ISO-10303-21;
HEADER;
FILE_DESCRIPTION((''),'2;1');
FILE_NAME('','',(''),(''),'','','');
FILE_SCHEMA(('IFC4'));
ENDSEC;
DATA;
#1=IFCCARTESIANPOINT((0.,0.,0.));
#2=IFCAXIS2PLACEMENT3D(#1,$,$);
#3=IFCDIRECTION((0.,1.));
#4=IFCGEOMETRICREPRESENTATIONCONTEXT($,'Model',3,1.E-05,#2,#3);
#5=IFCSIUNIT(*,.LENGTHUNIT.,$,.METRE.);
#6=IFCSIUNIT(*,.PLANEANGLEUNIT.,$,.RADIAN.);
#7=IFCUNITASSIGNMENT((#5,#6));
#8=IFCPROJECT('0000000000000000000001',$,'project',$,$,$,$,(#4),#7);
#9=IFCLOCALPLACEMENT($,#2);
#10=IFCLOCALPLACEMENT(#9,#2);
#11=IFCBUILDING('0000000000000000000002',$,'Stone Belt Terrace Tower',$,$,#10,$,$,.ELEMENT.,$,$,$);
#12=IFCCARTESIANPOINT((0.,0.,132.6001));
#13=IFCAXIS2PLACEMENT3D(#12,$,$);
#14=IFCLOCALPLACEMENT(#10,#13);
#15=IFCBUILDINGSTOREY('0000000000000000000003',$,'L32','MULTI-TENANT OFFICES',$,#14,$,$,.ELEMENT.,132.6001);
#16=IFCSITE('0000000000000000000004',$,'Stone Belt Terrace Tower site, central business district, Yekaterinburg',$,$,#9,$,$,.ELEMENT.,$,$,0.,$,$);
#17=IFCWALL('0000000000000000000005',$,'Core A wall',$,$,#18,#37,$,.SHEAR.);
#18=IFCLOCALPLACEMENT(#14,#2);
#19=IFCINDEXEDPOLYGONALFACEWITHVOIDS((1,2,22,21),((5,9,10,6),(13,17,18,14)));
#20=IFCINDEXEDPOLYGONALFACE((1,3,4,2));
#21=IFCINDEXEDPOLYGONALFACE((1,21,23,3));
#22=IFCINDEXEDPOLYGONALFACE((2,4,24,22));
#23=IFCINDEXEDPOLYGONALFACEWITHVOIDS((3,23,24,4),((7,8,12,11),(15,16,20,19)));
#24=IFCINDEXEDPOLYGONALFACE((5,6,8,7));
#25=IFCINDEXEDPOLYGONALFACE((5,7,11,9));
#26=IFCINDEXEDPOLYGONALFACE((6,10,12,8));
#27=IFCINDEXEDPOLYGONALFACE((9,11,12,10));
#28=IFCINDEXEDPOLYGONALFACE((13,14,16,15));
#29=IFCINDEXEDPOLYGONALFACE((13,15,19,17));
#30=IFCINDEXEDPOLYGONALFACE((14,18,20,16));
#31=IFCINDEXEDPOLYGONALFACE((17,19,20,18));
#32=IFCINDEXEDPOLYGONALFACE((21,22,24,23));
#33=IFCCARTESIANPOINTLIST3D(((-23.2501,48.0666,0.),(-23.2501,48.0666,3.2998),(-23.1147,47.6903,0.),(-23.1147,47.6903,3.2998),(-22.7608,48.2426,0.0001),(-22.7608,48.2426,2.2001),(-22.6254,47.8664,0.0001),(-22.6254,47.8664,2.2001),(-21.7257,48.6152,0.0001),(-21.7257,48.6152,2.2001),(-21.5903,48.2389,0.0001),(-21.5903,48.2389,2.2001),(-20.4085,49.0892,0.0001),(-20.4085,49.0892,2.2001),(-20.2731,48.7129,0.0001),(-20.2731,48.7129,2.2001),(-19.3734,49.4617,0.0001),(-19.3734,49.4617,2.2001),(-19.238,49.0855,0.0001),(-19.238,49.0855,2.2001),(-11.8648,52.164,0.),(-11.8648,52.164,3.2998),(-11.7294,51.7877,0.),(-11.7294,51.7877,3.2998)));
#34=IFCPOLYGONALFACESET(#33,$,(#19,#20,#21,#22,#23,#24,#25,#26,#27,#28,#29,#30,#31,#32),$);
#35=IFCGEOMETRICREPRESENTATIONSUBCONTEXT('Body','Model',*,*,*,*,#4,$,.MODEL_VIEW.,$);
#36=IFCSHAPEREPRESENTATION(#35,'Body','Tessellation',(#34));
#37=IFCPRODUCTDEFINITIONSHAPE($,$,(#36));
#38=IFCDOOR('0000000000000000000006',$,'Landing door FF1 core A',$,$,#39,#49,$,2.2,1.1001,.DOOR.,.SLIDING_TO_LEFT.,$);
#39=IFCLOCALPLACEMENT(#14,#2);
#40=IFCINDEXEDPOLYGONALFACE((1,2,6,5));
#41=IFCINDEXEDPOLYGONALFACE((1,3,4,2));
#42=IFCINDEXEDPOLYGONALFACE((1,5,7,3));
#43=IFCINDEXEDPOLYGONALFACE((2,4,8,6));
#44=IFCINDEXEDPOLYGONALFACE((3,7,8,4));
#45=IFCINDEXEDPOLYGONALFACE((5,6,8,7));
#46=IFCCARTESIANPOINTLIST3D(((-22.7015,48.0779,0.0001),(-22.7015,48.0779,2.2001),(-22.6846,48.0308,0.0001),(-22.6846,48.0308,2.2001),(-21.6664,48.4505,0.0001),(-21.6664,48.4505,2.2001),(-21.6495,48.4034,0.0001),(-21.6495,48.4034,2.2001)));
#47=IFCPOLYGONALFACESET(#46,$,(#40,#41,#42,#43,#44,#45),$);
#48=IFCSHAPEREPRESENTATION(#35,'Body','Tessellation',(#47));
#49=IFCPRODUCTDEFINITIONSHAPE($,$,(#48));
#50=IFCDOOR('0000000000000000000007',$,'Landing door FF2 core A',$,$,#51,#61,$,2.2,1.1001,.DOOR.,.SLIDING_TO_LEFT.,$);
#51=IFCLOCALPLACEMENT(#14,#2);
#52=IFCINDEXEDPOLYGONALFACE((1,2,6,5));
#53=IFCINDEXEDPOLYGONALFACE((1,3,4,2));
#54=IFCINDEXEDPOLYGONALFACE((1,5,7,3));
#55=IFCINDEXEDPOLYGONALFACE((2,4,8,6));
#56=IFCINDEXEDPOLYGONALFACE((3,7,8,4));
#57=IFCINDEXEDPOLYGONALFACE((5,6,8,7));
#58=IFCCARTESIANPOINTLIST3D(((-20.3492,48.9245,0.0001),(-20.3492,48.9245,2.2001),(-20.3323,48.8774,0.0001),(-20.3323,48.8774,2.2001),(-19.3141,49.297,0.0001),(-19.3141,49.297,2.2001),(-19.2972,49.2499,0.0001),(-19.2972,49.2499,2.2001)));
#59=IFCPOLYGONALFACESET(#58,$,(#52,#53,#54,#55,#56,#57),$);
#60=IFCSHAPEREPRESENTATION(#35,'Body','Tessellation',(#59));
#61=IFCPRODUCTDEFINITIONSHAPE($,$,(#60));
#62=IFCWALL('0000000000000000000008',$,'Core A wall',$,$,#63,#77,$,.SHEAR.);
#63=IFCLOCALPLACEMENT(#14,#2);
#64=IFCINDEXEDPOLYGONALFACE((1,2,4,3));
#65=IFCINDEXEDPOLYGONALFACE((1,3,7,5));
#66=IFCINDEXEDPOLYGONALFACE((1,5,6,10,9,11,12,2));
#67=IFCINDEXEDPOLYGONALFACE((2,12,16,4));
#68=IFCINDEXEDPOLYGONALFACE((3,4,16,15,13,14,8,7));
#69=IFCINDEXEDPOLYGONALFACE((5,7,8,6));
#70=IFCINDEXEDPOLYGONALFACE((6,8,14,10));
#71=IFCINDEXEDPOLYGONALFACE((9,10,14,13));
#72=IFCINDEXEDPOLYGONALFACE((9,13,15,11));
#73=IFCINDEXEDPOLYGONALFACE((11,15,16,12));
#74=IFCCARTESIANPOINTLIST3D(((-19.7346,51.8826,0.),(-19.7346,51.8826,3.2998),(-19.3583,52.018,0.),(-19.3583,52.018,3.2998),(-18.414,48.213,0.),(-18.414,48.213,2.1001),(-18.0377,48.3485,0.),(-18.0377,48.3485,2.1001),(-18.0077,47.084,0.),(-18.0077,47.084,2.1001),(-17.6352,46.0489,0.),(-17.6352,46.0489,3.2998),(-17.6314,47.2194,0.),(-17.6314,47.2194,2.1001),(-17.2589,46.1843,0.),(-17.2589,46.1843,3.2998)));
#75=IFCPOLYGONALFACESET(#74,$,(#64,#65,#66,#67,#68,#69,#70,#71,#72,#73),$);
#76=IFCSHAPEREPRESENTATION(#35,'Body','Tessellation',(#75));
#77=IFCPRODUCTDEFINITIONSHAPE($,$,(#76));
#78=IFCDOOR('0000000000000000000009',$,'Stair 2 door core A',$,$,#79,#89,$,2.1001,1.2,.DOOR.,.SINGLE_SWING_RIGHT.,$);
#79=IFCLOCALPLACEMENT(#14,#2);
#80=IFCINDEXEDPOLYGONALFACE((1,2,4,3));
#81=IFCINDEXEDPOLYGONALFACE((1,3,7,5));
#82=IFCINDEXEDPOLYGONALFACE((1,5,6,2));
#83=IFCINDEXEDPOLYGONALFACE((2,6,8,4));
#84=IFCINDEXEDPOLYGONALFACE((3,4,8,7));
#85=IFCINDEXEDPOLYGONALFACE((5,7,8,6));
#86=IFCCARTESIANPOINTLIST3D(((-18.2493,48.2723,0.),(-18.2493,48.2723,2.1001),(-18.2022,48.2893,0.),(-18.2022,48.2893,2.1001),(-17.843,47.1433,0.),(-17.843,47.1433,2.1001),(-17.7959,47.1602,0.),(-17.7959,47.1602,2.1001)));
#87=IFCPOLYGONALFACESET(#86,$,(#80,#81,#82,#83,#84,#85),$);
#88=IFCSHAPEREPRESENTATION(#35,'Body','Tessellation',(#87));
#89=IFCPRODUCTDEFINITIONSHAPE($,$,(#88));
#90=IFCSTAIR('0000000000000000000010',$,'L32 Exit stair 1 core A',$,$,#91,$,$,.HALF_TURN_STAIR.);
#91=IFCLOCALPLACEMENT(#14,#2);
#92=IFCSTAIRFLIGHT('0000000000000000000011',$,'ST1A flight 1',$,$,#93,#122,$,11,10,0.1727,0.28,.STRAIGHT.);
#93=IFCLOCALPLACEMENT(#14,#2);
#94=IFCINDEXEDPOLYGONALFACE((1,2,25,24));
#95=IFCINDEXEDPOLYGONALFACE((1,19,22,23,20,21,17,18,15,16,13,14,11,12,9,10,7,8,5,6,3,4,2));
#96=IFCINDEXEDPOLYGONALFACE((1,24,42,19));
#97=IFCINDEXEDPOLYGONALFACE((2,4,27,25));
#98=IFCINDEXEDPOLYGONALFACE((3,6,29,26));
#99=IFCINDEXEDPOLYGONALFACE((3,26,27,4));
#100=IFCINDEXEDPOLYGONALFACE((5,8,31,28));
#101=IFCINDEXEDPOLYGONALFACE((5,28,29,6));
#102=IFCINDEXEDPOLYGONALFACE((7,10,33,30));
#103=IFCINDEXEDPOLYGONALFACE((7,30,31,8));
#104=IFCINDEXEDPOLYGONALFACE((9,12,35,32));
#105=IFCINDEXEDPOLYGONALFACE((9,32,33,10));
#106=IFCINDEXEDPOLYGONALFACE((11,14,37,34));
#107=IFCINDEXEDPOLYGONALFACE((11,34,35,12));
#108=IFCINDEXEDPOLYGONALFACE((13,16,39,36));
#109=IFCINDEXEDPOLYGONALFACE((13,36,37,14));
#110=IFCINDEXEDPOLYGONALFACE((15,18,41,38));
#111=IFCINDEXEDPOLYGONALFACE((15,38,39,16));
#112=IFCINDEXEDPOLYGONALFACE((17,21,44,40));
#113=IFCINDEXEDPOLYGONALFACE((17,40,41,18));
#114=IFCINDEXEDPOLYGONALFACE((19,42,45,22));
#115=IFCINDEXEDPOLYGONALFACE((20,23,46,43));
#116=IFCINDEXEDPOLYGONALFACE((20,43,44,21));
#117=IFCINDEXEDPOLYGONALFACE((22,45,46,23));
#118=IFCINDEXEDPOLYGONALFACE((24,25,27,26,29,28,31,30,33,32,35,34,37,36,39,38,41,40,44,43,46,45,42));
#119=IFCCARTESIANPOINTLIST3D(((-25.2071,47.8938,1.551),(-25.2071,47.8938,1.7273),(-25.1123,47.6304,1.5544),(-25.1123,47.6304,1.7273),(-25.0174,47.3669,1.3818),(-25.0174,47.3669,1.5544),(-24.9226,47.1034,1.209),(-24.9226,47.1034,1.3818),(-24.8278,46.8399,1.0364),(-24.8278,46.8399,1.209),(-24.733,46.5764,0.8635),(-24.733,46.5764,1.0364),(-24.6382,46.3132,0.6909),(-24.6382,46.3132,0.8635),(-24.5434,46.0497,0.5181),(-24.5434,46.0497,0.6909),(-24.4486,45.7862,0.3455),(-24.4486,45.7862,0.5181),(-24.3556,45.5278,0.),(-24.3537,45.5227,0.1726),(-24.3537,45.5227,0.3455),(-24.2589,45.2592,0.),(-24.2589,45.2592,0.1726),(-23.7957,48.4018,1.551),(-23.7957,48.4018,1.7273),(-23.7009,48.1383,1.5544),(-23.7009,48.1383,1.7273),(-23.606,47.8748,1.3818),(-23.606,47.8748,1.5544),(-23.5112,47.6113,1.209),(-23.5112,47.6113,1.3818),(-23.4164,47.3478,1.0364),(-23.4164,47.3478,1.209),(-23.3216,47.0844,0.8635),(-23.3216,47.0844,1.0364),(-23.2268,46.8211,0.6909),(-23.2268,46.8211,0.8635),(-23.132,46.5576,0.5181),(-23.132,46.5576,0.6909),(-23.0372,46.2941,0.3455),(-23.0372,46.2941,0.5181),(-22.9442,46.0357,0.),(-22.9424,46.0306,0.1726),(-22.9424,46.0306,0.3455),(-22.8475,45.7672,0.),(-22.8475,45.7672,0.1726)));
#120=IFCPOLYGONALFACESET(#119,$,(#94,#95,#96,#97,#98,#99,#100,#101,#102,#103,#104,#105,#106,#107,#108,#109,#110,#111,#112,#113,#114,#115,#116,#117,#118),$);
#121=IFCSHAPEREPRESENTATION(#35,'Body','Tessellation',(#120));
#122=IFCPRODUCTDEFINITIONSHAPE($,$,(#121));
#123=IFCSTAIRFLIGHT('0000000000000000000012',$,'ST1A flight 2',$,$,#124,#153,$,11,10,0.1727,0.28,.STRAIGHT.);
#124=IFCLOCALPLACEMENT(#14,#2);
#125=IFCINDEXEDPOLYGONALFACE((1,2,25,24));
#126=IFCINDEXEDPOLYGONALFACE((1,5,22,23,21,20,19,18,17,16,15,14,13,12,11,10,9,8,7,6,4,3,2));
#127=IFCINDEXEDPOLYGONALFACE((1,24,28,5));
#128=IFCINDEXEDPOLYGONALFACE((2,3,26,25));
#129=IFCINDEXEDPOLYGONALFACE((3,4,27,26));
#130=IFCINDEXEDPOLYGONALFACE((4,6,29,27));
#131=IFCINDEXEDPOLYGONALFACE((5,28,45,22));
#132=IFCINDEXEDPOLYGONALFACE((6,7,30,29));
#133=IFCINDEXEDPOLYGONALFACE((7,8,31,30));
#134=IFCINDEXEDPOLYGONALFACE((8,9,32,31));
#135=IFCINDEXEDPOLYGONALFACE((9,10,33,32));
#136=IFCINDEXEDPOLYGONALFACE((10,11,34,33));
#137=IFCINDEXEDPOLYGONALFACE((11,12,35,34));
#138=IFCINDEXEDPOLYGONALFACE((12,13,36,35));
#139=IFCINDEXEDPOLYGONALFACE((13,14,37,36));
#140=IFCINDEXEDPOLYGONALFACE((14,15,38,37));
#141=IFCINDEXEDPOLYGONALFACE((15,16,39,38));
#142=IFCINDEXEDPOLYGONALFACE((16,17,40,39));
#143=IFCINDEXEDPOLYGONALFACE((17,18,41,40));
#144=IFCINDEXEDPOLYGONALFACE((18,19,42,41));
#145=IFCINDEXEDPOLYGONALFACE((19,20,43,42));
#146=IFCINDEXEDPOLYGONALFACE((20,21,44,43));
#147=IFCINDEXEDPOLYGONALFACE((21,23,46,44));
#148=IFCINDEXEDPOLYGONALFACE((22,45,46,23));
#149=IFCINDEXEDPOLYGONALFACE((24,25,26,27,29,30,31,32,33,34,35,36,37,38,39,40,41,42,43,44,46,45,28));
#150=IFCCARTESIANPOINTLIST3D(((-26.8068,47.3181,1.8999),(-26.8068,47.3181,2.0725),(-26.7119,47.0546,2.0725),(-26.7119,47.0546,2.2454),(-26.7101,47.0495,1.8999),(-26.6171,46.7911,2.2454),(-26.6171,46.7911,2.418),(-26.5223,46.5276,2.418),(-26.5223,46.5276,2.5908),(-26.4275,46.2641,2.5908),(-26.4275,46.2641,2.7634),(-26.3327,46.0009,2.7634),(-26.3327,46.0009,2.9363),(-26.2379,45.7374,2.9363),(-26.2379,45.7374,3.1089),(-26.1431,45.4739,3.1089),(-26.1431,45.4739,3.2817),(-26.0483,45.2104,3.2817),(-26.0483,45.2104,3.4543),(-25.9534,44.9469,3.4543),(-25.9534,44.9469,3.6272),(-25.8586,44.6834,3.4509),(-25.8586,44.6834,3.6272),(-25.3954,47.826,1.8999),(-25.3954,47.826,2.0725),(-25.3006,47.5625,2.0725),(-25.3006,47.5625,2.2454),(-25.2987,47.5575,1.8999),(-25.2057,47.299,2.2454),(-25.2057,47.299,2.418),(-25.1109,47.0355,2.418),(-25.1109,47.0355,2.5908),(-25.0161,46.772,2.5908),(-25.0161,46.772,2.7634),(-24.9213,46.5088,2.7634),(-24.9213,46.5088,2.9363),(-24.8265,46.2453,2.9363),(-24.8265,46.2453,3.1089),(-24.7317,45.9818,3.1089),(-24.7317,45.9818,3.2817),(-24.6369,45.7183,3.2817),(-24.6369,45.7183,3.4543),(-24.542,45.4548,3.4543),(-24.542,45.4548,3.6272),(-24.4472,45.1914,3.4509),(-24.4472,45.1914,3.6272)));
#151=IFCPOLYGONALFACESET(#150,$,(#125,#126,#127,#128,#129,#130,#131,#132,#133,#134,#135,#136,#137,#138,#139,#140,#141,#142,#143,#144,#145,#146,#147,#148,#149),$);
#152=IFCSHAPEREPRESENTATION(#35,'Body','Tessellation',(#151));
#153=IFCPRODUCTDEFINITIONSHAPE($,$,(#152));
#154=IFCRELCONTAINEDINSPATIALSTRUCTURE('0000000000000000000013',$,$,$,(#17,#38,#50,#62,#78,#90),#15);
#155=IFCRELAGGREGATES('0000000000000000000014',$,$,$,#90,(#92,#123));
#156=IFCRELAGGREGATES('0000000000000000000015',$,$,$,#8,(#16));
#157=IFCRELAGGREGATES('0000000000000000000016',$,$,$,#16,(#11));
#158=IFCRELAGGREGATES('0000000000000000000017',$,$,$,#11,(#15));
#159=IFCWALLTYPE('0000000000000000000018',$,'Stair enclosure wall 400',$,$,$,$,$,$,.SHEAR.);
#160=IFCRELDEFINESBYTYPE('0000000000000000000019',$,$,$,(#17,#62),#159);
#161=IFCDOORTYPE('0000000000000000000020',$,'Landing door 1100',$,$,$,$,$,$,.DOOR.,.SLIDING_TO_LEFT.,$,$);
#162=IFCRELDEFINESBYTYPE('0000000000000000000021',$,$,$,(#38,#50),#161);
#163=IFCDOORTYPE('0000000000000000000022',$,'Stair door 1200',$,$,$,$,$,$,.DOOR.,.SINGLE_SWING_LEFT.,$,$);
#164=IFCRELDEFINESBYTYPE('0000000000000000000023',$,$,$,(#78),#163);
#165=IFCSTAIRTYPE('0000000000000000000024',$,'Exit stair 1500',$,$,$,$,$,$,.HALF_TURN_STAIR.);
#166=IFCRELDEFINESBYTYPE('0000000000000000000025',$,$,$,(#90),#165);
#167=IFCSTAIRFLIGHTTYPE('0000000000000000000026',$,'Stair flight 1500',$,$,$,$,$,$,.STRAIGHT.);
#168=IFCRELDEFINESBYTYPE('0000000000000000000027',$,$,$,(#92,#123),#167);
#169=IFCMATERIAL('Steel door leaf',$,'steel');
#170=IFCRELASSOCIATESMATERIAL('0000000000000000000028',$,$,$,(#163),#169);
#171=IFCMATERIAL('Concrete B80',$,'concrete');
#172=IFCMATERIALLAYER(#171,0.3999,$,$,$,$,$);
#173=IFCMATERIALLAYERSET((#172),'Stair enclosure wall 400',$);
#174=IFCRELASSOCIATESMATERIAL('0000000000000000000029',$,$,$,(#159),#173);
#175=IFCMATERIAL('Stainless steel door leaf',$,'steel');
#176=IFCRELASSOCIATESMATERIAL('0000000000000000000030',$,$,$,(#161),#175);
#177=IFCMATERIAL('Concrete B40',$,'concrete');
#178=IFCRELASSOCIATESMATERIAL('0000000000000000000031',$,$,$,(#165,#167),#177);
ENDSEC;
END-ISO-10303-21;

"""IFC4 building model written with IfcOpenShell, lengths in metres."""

from ifc_helpers import new_model, si_unit, direction, frame, frame_2d, origin, place, context, subcontext, project, spatial, polyline, rectangle, outline, extrude, material, layer, layer_set, type_object, element, fill, aggregate, save


model = new_model("IFC4")

# Units and contexts
model_context = context("Model", 3, precision=1e-05, world=origin(), true_north=direction((0.0, 1.0)))
body_context = subcontext(model_context, "Body", "Model", "MODEL_VIEW")
ifc_project = project(units=[si_unit("LENGTHUNIT", "METRE"), si_unit("PLANEANGLEUNIT", "RADIAN")], contexts=[model_context])

# Site, building, storey
site_placement = place(None, origin())
site = spatial("IfcSite", under=ifc_project, at=site_placement, Name="Stone Belt Terrace Tower site, central business district, Yekaterinburg", CompositionType="ELEMENT", RefElevation=0.0)
building_placement = place(site_placement, origin())
building = spatial("IfcBuilding", under=site, at=building_placement, Name="Stone Belt Terrace Tower", CompositionType="ELEMENT")
storey_placement = place(building_placement, frame((0.0, 0.0, 132.6001)))
storey = spatial("IfcBuildingStorey", under=building, at=storey_placement, Name="L32", Description="MULTI-TENANT OFFICES", CompositionType="ELEMENT", Elevation=132.6001)

# Shared definitions
ifc_material_1 = material(Name="Concrete B80", Category="concrete")

# Shared definitions
ifc_material_2 = material(Name="Steel door leaf", Category="steel")
door_type_1 = type_object("IfcDoorType", Name="Stair door 1200", OperationType="SINGLE_SWING_LEFT", PredefinedType="DOOR", material=ifc_material_2)
ifc_layer_1 = layer(ifc_material_1, 0.3999)
ifc_layer_set_1 = layer_set([ifc_layer_1], Name="Stair enclosure wall 400")
wall_type_1 = type_object("IfcWallType", Name="Stair enclosure wall 400", PredefinedType="SHEAR", material=ifc_layer_set_1)

# Wall, openings, doors
wall_1_placement = place(storey_placement, frame((-23.1824, 47.8784, 0.0), z_axis=(0.0, 0.0, 1.0), x_axis=(0.940921, 0.338626, 0.0)))
wall_1 = element("IfcWall", 1, at=wall_1_placement, inside=storey, type_object=wall_type_1, Name="Core A wall", PredefinedType="SHEAR", context=body_context, shape_type="SweptSolid", body=[
    extrude(rectangle(XDim=12.1001, YDim=0.3999, at=frame_2d((6.05, 0.0))), origin(), (0.0, 0.0, 1.0), 3.2998),
])
opening_1_placement = place(wall_1_placement, frame((0.52, 0.0, 0.0)))
opening_1 = element("IfcOpeningElement", 2, at=opening_1_placement, cuts=wall_1, PredefinedType="OPENING", context=body_context, shape_type="SweptSolid", body=[
    extrude(rectangle(XDim=1.1001, YDim=2.2, at=frame_2d((0.55, 1.1001))), frame((0.0, 0.21, 0.0), z_axis=(0.0, -1.0, 0.0), x_axis=(1.0, 0.0, 0.0)), (0.0, 0.0, 1.0), 0.4199),
])
opening_2_placement = place(wall_1_placement, frame((3.02, 0.0, 0.0)))
opening_2 = element("IfcOpeningElement", 3, at=opening_2_placement, cuts=wall_1, PredefinedType="OPENING", context=body_context, shape_type="SweptSolid", body=[
    extrude(rectangle(XDim=1.1001, YDim=2.2, at=frame_2d((0.55, 1.1001))), frame((0.0, 0.21, 0.0), z_axis=(0.0, -1.0, 0.0), x_axis=(1.0, 0.0, 0.0)), (0.0, 0.0, 1.0), 0.4199),
])
ifc_material_3 = material(Name="Stainless steel door leaf", Category="steel")
door_type_2 = type_object("IfcDoorType", Name="Landing door 1100", OperationType="SLIDING_TO_LEFT", PredefinedType="DOOR", material=ifc_material_3)
door_1_placement = place(opening_1_placement, origin())
door_1 = element("IfcDoor", 4, at=door_1_placement, inside=storey, type_object=door_type_2, Name="Landing door FF1 core A", OperationType="SLIDING_TO_LEFT", OverallHeight=2.2, OverallWidth=1.1001, PredefinedType="DOOR", context=body_context, shape_type="SweptSolid", body=[
    extrude(rectangle(XDim=1.1001, YDim=2.2, at=frame_2d((0.55, 1.1001))), frame((0.0, 0.0249, 0.0), z_axis=(0.0, -1.0, 0.0), x_axis=(1.0, 0.0, 0.0)), (0.0, 0.0, 1.0), 0.05),
])
fill(opening_1, door_1)
door_2_placement = place(opening_2_placement, origin())
door_2 = element("IfcDoor", 5, at=door_2_placement, inside=storey, type_object=door_type_2, Name="Landing door FF2 core A", OperationType="SLIDING_TO_LEFT", OverallHeight=2.2, OverallWidth=1.1001, PredefinedType="DOOR", context=body_context, shape_type="SweptSolid", body=[
    extrude(rectangle(XDim=1.1001, YDim=2.2, at=frame_2d((0.55, 1.1001))), frame((0.0, 0.0249, 0.0), z_axis=(0.0, -1.0, 0.0), x_axis=(1.0, 0.0, 0.0)), (0.0, 0.0, 1.0), 0.05),
])
fill(opening_2, door_2)

# Wall, opening, door
wall_2_placement = place(storey_placement, frame((-17.447, 46.1165, 0.0), z_axis=(0.0, 0.0, 1.0), x_axis=(-0.338608, 0.940928, 0.0)))
wall_2 = element("IfcWall", 6, at=wall_2_placement, inside=storey, type_object=wall_type_1, Name="Core A wall", PredefinedType="SHEAR", context=body_context, shape_type="SweptSolid", body=[
    extrude(rectangle(XDim=6.2, YDim=0.3999, at=frame_2d((3.1001, 0.0))), origin(), (0.0, 0.0, 1.0), 3.2998),
])
opening_3_placement = place(wall_2_placement, frame((1.1001, 0.0, 0.0)))
opening_3 = element("IfcOpeningElement", 7, at=opening_3_placement, cuts=wall_2, PredefinedType="OPENING", context=body_context, shape_type="SweptSolid", body=[
    extrude(rectangle(XDim=1.2, YDim=2.1001, at=frame_2d((0.6001, 1.05))), frame((0.0, 0.21, 0.0), z_axis=(0.0, -1.0, 0.0), x_axis=(1.0, 0.0, 0.0)), (0.0, 0.0, 1.0), 0.4199),
])
door_3_placement = place(opening_3_placement, origin())
door_3 = element("IfcDoor", 8, at=door_3_placement, inside=storey, type_object=door_type_1, Name="Stair 2 door core A", OperationType="SINGLE_SWING_RIGHT", OverallHeight=2.1001, OverallWidth=1.2, PredefinedType="DOOR", context=body_context, shape_type="SweptSolid", body=[
    extrude(rectangle(XDim=1.2, YDim=2.1001, at=frame_2d((0.6001, 1.05))), frame((0.0, 0.0249, 0.0), z_axis=(0.0, -1.0, 0.0), x_axis=(1.0, 0.0, 0.0)), (0.0, 0.0, 1.0), 0.05),
])
fill(opening_3, door_3)

# Stair, stair flights
ifc_material_4 = material(Name="Concrete B40", Category="concrete")
stair_type = type_object("IfcStairType", Name="Exit stair 1500", PredefinedType="HALF_TURN_STAIR", material=ifc_material_4)
stair_placement = place(storey_placement, origin())
stair = element("IfcStair", 9, at=stair_placement, inside=storey, type_object=stair_type, Name="L32 Exit stair 1 core A", PredefinedType="HALF_TURN_STAIR")
stair_flight_type = type_object("IfcStairFlightType", Name="Stair flight 1500", PredefinedType="STRAIGHT", material=ifc_material_4)
stair_flight_1_placement = place(storey_placement, frame((-23.5532, 45.5132, 0.0), z_axis=(0.0, 0.0, 1.0), x_axis=(-0.338624, 0.940922, 0.0)))
stair_flight_1 = element("IfcStairFlight", 10, at=stair_flight_1_placement, type_object=stair_flight_type, Name="ST1A flight 1", NumberOfRisers=11, NumberOfTreads=10, PredefinedType="STRAIGHT", RiserHeight=0.1727, TreadLength=0.28, context=body_context, shape_type="SweptSolid", body=[
    extrude(outline(polyline([(0.0, 0.0), (0.0, 0.1726), (0.28, 0.1726), (0.28, 0.3455), (0.5601, 0.3455), (0.5601, 0.5181), (0.8401, 0.5181), (0.8401, 0.6909), (1.1201, 0.6909), (1.1201, 0.8635), (1.3999, 0.8635), (1.3999, 1.0364), (1.6799, 1.0364), (1.6799, 1.209), (1.96, 1.209), (1.96, 1.3818), (2.24, 1.3818), (2.24, 1.5544), (2.52, 1.5544), (2.52, 1.7273), (2.8, 1.7273), (2.8, 1.8999), (2.8, 1.551), (0.2854, 0.0), (0.0, 0.0)])), frame((0.0, 0.75, 0.0), z_axis=(0.0, -1.0, 0.0), x_axis=(1.0, 0.0, 0.0)), (0.0, 0.0, 1.0), 1.5),
])
stair_flight_2_placement = place(storey_placement, frame((-26.1011, 47.572, 1.8999), z_axis=(0.0, 0.0, 1.0), x_axis=(0.338624, -0.940922, 0.0)))
stair_flight_2 = element("IfcStairFlight", 11, at=stair_flight_2_placement, type_object=stair_flight_type, Name="ST1A flight 2", NumberOfRisers=11, NumberOfTreads=10, PredefinedType="STRAIGHT", RiserHeight=0.1727, TreadLength=0.28, context=body_context, shape_type="SweptSolid", body=[
    extrude(outline(polyline([(0.0, 0.0), (0.0, 0.1726), (0.28, 0.1726), (0.28, 0.3455), (0.5601, 0.3455), (0.5601, 0.5181), (0.8401, 0.5181), (0.8401, 0.6909), (1.1201, 0.6909), (1.1201, 0.8635), (1.3999, 0.8635), (1.3999, 1.0364), (1.6799, 1.0364), (1.6799, 1.209), (1.96, 1.209), (1.96, 1.3818), (2.24, 1.3818), (2.24, 1.5544), (2.52, 1.5544), (2.52, 1.7273), (2.8, 1.7273), (2.8, 1.8999), (2.8, 1.551), (0.2854, 0.0), (0.0, 0.0)])), frame((0.0, 0.75, 0.0), z_axis=(0.0, -1.0, 0.0), x_axis=(1.0, 0.0, 0.0)), (0.0, 0.0, 1.0), 1.5),
])
aggregate(stair, [stair_flight_1, stair_flight_2])

save(model, "model.ifc")
